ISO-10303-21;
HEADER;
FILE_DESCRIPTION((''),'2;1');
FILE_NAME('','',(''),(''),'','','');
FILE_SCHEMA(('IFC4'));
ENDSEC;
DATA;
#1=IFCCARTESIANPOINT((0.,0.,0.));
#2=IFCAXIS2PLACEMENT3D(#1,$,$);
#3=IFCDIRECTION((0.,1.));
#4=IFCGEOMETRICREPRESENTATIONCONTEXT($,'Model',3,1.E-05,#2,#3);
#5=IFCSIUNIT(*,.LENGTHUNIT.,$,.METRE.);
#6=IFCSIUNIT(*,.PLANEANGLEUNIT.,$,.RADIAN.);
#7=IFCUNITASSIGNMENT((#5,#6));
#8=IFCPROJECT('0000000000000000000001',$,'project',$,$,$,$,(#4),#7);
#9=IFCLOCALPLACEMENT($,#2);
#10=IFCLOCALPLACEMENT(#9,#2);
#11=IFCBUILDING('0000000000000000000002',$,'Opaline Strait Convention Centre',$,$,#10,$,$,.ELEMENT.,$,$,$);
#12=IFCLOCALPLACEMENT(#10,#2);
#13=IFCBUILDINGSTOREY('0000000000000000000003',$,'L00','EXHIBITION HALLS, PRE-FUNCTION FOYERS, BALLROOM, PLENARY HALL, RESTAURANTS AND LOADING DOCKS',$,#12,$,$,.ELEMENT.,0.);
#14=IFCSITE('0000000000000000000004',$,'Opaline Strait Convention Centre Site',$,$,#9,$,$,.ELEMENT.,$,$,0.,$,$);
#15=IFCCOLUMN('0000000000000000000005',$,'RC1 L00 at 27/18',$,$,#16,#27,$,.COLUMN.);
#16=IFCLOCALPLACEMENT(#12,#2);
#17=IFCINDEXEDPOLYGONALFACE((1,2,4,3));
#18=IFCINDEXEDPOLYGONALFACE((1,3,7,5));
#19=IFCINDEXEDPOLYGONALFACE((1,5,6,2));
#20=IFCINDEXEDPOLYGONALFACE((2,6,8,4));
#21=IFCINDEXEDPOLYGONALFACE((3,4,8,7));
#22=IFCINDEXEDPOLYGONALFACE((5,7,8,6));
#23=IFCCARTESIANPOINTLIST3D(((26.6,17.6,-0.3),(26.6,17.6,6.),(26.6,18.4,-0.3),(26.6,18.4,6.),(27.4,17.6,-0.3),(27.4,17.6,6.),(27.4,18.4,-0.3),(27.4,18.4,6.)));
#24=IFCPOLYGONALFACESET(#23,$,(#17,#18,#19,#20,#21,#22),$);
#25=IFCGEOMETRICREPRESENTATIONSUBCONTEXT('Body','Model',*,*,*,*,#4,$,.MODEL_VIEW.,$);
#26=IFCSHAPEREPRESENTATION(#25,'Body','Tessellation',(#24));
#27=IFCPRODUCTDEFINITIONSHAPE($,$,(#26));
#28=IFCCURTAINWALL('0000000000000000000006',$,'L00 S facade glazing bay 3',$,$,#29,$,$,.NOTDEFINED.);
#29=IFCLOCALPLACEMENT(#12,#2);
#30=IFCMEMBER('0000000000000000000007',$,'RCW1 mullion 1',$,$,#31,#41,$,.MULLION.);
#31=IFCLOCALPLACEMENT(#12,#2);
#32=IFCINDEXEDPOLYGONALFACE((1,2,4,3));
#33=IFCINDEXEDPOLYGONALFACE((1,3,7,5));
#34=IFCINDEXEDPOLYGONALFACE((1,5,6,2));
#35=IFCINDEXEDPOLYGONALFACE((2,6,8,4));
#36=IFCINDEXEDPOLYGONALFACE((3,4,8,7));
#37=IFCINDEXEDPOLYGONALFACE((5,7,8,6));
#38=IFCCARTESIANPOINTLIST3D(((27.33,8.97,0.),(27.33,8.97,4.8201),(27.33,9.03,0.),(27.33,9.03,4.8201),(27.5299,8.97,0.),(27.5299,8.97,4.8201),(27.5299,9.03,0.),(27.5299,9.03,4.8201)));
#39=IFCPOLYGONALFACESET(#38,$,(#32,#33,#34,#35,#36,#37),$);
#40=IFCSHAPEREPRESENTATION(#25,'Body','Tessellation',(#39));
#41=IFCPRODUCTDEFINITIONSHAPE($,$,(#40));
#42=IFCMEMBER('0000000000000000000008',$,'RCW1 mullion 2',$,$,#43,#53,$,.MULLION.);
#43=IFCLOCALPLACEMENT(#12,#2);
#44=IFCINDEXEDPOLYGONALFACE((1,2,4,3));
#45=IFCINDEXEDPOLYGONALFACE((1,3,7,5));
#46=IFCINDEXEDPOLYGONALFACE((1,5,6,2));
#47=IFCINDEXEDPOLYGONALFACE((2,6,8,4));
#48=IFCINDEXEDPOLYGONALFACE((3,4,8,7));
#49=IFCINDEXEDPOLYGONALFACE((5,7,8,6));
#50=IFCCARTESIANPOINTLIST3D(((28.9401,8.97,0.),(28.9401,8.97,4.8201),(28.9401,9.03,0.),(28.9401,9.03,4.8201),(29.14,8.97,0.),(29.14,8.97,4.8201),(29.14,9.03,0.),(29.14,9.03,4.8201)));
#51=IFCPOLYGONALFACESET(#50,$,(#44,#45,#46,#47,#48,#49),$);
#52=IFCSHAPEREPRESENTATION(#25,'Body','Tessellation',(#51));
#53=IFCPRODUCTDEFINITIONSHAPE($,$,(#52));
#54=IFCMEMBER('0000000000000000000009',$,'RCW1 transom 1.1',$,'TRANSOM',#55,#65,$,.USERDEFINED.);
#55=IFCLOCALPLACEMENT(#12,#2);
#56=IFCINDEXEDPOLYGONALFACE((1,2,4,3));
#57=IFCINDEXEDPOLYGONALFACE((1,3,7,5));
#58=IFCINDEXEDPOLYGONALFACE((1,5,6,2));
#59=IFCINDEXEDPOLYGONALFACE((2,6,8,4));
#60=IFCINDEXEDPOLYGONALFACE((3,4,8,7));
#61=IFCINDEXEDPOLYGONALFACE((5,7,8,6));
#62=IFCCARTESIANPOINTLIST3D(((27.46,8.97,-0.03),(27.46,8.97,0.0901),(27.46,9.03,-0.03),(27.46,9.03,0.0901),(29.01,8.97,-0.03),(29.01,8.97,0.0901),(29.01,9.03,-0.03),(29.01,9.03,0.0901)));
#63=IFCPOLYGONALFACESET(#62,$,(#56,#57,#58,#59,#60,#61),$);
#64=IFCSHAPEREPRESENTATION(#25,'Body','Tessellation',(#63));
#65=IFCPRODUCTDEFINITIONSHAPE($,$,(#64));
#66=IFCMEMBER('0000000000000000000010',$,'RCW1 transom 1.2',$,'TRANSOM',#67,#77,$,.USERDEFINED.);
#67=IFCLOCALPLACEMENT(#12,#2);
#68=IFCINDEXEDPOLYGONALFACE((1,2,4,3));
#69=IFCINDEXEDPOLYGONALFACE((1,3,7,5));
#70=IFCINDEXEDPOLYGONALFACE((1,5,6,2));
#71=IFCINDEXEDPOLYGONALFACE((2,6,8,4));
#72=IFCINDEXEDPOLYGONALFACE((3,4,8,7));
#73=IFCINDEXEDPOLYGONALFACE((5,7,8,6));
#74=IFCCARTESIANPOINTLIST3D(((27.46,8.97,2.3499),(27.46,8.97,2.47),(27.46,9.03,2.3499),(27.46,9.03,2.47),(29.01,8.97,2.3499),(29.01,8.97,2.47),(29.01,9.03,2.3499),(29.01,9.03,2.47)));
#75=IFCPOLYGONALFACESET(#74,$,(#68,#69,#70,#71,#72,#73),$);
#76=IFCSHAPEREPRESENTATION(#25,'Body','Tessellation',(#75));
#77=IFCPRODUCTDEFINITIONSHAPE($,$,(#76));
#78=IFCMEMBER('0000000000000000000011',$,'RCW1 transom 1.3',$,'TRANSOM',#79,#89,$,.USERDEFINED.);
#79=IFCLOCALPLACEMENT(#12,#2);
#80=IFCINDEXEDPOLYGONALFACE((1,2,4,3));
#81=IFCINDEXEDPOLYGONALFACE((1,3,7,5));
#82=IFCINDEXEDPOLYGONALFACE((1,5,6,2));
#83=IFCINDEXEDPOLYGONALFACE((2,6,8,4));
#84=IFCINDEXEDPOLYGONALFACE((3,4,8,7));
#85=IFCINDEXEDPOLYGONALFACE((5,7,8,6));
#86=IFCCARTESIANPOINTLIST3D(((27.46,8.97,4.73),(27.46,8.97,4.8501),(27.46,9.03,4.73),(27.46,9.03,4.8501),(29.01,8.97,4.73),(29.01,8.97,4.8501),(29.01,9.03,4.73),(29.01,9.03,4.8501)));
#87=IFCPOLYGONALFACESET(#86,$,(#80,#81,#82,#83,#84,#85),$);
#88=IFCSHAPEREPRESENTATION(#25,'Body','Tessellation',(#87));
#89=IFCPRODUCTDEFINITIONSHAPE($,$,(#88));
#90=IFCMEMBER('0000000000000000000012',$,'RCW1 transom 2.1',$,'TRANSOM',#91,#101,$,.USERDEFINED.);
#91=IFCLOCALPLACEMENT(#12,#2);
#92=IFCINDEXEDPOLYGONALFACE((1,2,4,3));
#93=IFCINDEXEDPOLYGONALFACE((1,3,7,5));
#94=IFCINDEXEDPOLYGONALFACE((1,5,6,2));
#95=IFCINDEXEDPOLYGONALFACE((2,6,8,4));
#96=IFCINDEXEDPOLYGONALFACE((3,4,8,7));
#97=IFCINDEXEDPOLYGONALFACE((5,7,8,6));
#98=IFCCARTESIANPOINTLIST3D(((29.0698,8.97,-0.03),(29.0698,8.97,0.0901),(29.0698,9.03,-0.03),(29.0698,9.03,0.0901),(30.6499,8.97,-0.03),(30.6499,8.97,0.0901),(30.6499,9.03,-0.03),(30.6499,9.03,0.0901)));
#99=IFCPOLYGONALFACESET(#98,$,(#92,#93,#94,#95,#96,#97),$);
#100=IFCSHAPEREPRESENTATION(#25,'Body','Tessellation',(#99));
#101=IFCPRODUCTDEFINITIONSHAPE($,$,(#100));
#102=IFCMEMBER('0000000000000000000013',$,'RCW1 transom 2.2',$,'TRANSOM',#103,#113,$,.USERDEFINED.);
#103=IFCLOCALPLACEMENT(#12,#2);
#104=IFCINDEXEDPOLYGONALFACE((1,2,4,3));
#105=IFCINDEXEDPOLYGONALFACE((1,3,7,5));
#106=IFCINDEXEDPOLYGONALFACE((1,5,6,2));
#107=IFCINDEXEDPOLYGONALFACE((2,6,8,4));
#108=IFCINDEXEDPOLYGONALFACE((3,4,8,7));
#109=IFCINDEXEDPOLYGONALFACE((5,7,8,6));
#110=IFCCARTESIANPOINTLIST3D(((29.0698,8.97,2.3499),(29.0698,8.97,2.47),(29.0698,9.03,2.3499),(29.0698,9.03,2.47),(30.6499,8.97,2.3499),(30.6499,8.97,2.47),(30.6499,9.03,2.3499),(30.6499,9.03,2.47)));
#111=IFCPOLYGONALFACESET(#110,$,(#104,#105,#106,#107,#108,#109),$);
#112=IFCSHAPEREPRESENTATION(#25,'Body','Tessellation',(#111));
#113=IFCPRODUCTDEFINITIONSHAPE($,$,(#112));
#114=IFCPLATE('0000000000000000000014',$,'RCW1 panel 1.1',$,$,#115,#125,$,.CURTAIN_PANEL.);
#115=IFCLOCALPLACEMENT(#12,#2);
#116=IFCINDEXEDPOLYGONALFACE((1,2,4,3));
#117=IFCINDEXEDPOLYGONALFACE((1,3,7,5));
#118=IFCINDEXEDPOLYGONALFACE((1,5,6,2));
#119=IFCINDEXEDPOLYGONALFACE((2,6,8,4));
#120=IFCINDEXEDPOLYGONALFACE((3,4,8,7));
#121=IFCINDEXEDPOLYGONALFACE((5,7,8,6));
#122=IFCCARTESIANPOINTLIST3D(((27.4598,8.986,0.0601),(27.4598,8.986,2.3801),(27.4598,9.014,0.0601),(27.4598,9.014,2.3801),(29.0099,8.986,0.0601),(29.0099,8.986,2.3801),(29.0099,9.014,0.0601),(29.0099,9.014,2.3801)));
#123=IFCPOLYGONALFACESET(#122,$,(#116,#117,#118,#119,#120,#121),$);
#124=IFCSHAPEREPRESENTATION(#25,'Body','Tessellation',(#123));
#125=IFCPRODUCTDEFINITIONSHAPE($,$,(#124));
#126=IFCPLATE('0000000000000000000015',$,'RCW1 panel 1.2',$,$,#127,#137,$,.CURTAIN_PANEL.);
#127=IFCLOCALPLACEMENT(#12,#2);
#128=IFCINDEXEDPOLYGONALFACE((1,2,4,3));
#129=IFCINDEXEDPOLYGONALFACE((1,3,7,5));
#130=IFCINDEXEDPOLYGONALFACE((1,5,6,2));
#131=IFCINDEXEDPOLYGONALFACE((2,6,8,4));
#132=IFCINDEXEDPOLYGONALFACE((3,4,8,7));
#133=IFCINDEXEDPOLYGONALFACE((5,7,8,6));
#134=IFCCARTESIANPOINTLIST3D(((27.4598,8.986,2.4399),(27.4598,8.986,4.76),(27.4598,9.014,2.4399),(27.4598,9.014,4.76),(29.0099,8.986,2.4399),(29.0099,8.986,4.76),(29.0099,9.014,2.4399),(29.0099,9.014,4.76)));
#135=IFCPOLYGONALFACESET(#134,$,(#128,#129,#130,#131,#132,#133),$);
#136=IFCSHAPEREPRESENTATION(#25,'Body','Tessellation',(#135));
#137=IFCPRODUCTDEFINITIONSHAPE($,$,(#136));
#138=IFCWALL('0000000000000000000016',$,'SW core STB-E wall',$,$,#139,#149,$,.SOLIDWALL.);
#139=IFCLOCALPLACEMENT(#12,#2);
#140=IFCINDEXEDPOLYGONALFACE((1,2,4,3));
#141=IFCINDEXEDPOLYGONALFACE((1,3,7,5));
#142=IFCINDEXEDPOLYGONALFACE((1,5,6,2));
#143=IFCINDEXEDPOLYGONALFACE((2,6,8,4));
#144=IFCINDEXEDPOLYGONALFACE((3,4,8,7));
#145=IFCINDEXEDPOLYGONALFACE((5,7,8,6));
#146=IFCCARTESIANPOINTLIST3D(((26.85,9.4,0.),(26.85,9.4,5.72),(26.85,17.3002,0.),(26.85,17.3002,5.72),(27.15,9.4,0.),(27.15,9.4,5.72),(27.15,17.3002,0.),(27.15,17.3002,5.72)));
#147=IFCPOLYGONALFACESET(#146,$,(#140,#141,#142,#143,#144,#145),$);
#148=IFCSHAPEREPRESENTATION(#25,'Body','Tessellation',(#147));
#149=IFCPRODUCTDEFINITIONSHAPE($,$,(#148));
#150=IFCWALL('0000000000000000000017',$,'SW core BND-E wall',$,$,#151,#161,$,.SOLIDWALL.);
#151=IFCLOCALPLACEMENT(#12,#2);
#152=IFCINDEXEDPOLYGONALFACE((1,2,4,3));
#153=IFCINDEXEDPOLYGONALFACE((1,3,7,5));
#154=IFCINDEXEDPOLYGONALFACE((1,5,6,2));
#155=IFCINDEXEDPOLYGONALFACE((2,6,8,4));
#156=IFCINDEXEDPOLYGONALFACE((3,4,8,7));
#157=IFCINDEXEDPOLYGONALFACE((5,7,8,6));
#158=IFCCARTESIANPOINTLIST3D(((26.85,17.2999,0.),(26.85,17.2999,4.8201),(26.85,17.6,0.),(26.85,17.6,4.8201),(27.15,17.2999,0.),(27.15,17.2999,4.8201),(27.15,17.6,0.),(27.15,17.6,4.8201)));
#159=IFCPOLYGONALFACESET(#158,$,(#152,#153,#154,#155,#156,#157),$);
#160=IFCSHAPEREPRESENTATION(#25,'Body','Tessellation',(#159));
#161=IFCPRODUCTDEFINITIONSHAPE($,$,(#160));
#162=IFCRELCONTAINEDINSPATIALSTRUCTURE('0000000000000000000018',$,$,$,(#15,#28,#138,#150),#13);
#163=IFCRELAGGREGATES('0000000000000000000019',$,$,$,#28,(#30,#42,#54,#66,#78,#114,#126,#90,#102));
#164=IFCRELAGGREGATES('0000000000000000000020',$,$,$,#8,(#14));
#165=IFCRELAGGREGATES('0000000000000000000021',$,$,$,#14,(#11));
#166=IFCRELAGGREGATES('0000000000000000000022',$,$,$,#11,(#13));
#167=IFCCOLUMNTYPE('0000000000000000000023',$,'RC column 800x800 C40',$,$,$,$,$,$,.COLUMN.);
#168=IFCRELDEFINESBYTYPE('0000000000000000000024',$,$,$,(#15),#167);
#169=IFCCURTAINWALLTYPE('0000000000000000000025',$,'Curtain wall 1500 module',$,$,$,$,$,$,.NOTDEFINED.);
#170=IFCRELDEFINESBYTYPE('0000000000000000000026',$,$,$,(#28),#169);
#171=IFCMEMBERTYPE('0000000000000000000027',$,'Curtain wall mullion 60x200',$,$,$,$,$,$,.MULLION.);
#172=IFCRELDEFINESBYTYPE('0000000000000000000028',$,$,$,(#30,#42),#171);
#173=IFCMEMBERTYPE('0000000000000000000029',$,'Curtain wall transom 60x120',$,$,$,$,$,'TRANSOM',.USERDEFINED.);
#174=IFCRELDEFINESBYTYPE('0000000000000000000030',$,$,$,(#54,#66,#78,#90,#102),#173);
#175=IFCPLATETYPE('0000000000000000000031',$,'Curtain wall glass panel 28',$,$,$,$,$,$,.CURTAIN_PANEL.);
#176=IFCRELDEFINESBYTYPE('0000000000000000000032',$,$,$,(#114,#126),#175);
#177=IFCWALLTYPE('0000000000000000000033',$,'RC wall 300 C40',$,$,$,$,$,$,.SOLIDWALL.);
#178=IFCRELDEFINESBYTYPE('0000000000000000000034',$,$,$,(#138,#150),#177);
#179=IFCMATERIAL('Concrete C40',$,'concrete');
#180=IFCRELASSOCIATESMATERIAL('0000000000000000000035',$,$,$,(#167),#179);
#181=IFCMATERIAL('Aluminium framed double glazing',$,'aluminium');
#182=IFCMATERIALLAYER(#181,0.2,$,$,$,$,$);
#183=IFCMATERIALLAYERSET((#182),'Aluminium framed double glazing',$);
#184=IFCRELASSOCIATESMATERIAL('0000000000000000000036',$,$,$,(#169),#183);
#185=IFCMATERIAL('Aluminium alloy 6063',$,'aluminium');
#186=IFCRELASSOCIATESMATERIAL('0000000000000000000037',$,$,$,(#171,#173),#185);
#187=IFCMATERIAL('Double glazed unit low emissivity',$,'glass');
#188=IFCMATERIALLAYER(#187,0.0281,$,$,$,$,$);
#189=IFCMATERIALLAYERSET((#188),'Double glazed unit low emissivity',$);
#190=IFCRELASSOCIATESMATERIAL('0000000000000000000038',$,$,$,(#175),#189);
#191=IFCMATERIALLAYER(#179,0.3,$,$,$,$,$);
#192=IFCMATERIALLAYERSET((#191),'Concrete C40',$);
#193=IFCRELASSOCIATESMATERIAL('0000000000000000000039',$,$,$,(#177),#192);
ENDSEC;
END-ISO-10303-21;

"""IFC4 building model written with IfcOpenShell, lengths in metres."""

from ifc_helpers import new_model, si_unit, direction, frame, frame_2d, origin, origin_2d, place, context, subcontext, project, spatial, rectangle, extrude, material, layer, layer_set, material_profile, profile_set, type_object, element, aggregate, save


model = new_model("IFC4")

# Units and contexts
model_context = context("Model", 3, precision=1e-05, world=origin(), true_north=direction((0.0, 1.0)))
body_context = subcontext(model_context, "Body", "Model", "MODEL_VIEW")
ifc_project = project(units=[si_unit("LENGTHUNIT", "METRE"), si_unit("PLANEANGLEUNIT", "RADIAN")], contexts=[model_context])

# Site, building, storey
site_placement = place(None, origin())
site = spatial("IfcSite", under=ifc_project, at=site_placement, Name="Opaline Strait Convention Centre Site", CompositionType="ELEMENT", RefElevation=0.0)
building_placement = place(site_placement, origin())
building = spatial("IfcBuilding", under=site, at=building_placement, Name="Opaline Strait Convention Centre", CompositionType="ELEMENT")
storey_placement = place(building_placement, origin())
storey = spatial("IfcBuildingStorey", under=building, at=storey_placement, Name="L00", Description="EXHIBITION HALLS, PRE-FUNCTION FOYERS, BALLROOM, PLENARY HALL, RESTAURANTS AND LOADING DOCKS", CompositionType="ELEMENT", Elevation=0.0)

# Column
ifc_material_1 = material(Name="Concrete C40", Category="concrete")
ifc_material_profile_1 = material_profile(ifc_material_1, rectangle(XDim=0.8, YDim=0.8, at=origin_2d()), Name="RC 800x800")
ifc_profile_set_1 = profile_set([ifc_material_profile_1], Name="Concrete C40")
column_type = type_object("IfcColumnType", Name="RC column 800x800 C40", PredefinedType="COLUMN", material=ifc_profile_set_1)
for number, where, z_axis, x_axis, name in (
    (1, (27.0, 18.0, -0.3), (0.0, 0.0, 1.0), (1.0, 0.0, 0.0), "RC1 L00 at 27/18"),
):
    element("IfcColumn", number, at=place(storey_placement, frame(where, z_axis=z_axis, x_axis=x_axis)), inside=storey, type_object=column_type, Name=name, PredefinedType="COLUMN", context=body_context, shape_type="SweptSolid", body=[
        extrude(rectangle(XDim=0.8, YDim=0.8, at=origin_2d()), origin(), (0.0, 0.0, 1.0), 6.3),
    ])

# Curtain wall, members, plates
ifc_material_2 = material(Name="Aluminium framed double glazing", Category="aluminium")
ifc_layer_1 = layer(ifc_material_2, 0.2)
ifc_layer_set_1 = layer_set([ifc_layer_1], Name="Aluminium framed double glazing")
curtain_wall_type = type_object("IfcCurtainWallType", Name="Curtain wall 1500 module", PredefinedType="NOTDEFINED", material=ifc_layer_set_1)
curtain_wall_placement = place(storey_placement, origin())
curtain_wall = element("IfcCurtainWall", 2, at=curtain_wall_placement, inside=storey, type_object=curtain_wall_type, Name="L00 S facade glazing bay 3", PredefinedType="NOTDEFINED")
ifc_material_3 = material(Name="Aluminium alloy 6063", Category="aluminium")
ifc_material_profile_2 = material_profile(ifc_material_3, rectangle(XDim=0.0601, YDim=0.2, at=origin_2d()), Name="Curtain wall mullion 60x200")
ifc_profile_set_2 = profile_set([ifc_material_profile_2], Name="Aluminium alloy 6063")
member_type_1 = type_object("IfcMemberType", Name="Curtain wall mullion 60x200", PredefinedType="MULLION", material=ifc_profile_set_2)
member_1_placement = place(storey_placement, frame((27.4299, 9.0, 0.0), z_axis=(0.0, 0.0, 1.0), x_axis=(0.0, 1.0, 0.0)))
member_1 = element("IfcMember", 3, at=member_1_placement, type_object=member_type_1, Name="RCW1 mullion 1", PredefinedType="MULLION", context=body_context, shape_type="SweptSolid", body=[
    extrude(rectangle(XDim=0.0601, YDim=0.2, at=origin_2d()), origin(), (0.0, 0.0, 1.0), 4.8201),
])
member_2_placement = place(storey_placement, frame((29.04, 9.0, 0.0), z_axis=(0.0, 0.0, 1.0), x_axis=(0.0, 1.0, 0.0)))
member_2 = element("IfcMember", 4, at=member_2_placement, type_object=member_type_1, Name="RCW1 mullion 2", PredefinedType="MULLION", context=body_context, shape_type="SweptSolid", body=[
    extrude(rectangle(XDim=0.0601, YDim=0.2, at=origin_2d()), origin(), (0.0, 0.0, 1.0), 4.8201),
])
ifc_material_profile_3 = material_profile(ifc_material_3, rectangle(XDim=0.0601, YDim=0.1201, at=origin_2d()), Name="Curtain wall transom 60x120")
ifc_profile_set_3 = profile_set([ifc_material_profile_3], Name="Aluminium alloy 6063")
member_type_2 = type_object("IfcMemberType", Name="Curtain wall transom 60x120", ElementType="TRANSOM", PredefinedType="USERDEFINED", material=ifc_profile_set_3)
member_3_placement = place(storey_placement, frame((27.46, 9.0, 0.03), z_axis=(1.0, 0.0, 0.0), x_axis=(0.0, 1.0, 0.0)))
member_3 = element("IfcMember", 5, at=member_3_placement, type_object=member_type_2, Name="RCW1 transom 1.1", ObjectType="TRANSOM", PredefinedType="USERDEFINED", context=body_context, shape_type="SweptSolid", body=[
    extrude(rectangle(XDim=0.0601, YDim=0.1201, at=origin_2d()), origin(), (0.0, 0.0, 1.0), 1.55),
])
member_4_placement = place(storey_placement, frame((27.46, 9.0, 2.4099), z_axis=(1.0, 0.0, 0.0), x_axis=(0.0, 1.0, 0.0)))
member_4 = element("IfcMember", 6, at=member_4_placement, type_object=member_type_2, Name="RCW1 transom 1.2", ObjectType="TRANSOM", PredefinedType="USERDEFINED", context=body_context, shape_type="SweptSolid", body=[
    extrude(rectangle(XDim=0.0601, YDim=0.1201, at=origin_2d()), origin(), (0.0, 0.0, 1.0), 1.55),
])
member_5_placement = place(storey_placement, frame((27.46, 9.0, 4.79), z_axis=(1.0, 0.0, 0.0), x_axis=(0.0, 1.0, 0.0)))
member_5 = element("IfcMember", 7, at=member_5_placement, type_object=member_type_2, Name="RCW1 transom 1.3", ObjectType="TRANSOM", PredefinedType="USERDEFINED", context=body_context, shape_type="SweptSolid", body=[
    extrude(rectangle(XDim=0.0601, YDim=0.1201, at=origin_2d()), origin(), (0.0, 0.0, 1.0), 1.55),
])
member_6_placement = place(storey_placement, frame((29.0698, 9.0, 0.03), z_axis=(1.0, 0.0, 0.0), x_axis=(0.0, 1.0, 0.0)))
member_6 = element("IfcMember", 8, at=member_6_placement, type_object=member_type_2, Name="RCW1 transom 2.1", ObjectType="TRANSOM", PredefinedType="USERDEFINED", context=body_context, shape_type="SweptSolid", body=[
    extrude(rectangle(XDim=0.0601, YDim=0.1201, at=origin_2d()), origin(), (0.0, 0.0, 1.0), 1.5801),
])
member_7_placement = place(storey_placement, frame((29.0698, 9.0, 2.4099), z_axis=(1.0, 0.0, 0.0), x_axis=(0.0, 1.0, 0.0)))
member_7 = element("IfcMember", 9, at=member_7_placement, type_object=member_type_2, Name="RCW1 transom 2.2", ObjectType="TRANSOM", PredefinedType="USERDEFINED", context=body_context, shape_type="SweptSolid", body=[
    extrude(rectangle(XDim=0.0601, YDim=0.1201, at=origin_2d()), origin(), (0.0, 0.0, 1.0), 1.5801),
])
ifc_material_4 = material(Name="Double glazed unit low emissivity", Category="glass")
ifc_layer_2 = layer(ifc_material_4, 0.0281)
ifc_layer_set_2 = layer_set([ifc_layer_2], Name="Double glazed unit low emissivity")
plate_type = type_object("IfcPlateType", Name="Curtain wall glass panel 28", PredefinedType="CURTAIN_PANEL", material=ifc_layer_set_2)
plate_1_placement = place(storey_placement, frame((28.2349, 9.0, 0.0601), z_axis=(0.0, 0.0, 1.0), x_axis=(1.0, 0.0, 0.0)))
plate_1 = element("IfcPlate", 10, at=plate_1_placement, type_object=plate_type, Name="RCW1 panel 1.1", PredefinedType="CURTAIN_PANEL", context=body_context, shape_type="SweptSolid", body=[
    extrude(rectangle(XDim=1.55, YDim=0.0281, at=origin_2d()), origin(), (0.0, 0.0, 1.0), 2.3201),
])
plate_2_placement = place(storey_placement, frame((28.2349, 9.0, 2.4399), z_axis=(0.0, 0.0, 1.0), x_axis=(1.0, 0.0, 0.0)))
plate_2 = element("IfcPlate", 11, at=plate_2_placement, type_object=plate_type, Name="RCW1 panel 1.2", PredefinedType="CURTAIN_PANEL", context=body_context, shape_type="SweptSolid", body=[
    extrude(rectangle(XDim=1.55, YDim=0.0281, at=origin_2d()), origin(), (0.0, 0.0, 1.0), 2.3201),
])
aggregate(curtain_wall, [member_1, member_2, member_3, member_4, member_5, plate_1, plate_2, member_6, member_7])

# Walls
ifc_layer_3 = layer(ifc_material_1, 0.3)
ifc_layer_set_3 = layer_set([ifc_layer_3], Name="Concrete C40")
wall_type = type_object("IfcWallType", Name="RC wall 300 C40", PredefinedType="SOLIDWALL", material=ifc_layer_set_3)
wall_1_placement = place(storey_placement, frame((27.0, 9.3999, 0.0), z_axis=(0.0, 0.0, 1.0), x_axis=(0.0, 1.0, 0.0)))
element("IfcWall", 12, at=wall_1_placement, inside=storey, type_object=wall_type, Name="SW core STB-E wall", PredefinedType="SOLIDWALL", context=body_context, shape_type="SweptSolid", body=[
    extrude(rectangle(XDim=7.9001, YDim=0.3, at=frame_2d((3.9502, 0.0))), origin(), (0.0, 0.0, 1.0), 5.72),
])
wall_2_placement = place(storey_placement, frame((27.0, 17.3, 0.0), z_axis=(0.0, 0.0, 1.0), x_axis=(0.0, 1.0, 0.0)))
element("IfcWall", 13, at=wall_2_placement, inside=storey, type_object=wall_type, Name="SW core BND-E wall", PredefinedType="SOLIDWALL", context=body_context, shape_type="SweptSolid", body=[
    extrude(rectangle(XDim=0.3, YDim=0.3, at=frame_2d((0.1499, 0.0))), origin(), (0.0, 0.0, 1.0), 4.8201),
])

save(model, "model.ifc")
